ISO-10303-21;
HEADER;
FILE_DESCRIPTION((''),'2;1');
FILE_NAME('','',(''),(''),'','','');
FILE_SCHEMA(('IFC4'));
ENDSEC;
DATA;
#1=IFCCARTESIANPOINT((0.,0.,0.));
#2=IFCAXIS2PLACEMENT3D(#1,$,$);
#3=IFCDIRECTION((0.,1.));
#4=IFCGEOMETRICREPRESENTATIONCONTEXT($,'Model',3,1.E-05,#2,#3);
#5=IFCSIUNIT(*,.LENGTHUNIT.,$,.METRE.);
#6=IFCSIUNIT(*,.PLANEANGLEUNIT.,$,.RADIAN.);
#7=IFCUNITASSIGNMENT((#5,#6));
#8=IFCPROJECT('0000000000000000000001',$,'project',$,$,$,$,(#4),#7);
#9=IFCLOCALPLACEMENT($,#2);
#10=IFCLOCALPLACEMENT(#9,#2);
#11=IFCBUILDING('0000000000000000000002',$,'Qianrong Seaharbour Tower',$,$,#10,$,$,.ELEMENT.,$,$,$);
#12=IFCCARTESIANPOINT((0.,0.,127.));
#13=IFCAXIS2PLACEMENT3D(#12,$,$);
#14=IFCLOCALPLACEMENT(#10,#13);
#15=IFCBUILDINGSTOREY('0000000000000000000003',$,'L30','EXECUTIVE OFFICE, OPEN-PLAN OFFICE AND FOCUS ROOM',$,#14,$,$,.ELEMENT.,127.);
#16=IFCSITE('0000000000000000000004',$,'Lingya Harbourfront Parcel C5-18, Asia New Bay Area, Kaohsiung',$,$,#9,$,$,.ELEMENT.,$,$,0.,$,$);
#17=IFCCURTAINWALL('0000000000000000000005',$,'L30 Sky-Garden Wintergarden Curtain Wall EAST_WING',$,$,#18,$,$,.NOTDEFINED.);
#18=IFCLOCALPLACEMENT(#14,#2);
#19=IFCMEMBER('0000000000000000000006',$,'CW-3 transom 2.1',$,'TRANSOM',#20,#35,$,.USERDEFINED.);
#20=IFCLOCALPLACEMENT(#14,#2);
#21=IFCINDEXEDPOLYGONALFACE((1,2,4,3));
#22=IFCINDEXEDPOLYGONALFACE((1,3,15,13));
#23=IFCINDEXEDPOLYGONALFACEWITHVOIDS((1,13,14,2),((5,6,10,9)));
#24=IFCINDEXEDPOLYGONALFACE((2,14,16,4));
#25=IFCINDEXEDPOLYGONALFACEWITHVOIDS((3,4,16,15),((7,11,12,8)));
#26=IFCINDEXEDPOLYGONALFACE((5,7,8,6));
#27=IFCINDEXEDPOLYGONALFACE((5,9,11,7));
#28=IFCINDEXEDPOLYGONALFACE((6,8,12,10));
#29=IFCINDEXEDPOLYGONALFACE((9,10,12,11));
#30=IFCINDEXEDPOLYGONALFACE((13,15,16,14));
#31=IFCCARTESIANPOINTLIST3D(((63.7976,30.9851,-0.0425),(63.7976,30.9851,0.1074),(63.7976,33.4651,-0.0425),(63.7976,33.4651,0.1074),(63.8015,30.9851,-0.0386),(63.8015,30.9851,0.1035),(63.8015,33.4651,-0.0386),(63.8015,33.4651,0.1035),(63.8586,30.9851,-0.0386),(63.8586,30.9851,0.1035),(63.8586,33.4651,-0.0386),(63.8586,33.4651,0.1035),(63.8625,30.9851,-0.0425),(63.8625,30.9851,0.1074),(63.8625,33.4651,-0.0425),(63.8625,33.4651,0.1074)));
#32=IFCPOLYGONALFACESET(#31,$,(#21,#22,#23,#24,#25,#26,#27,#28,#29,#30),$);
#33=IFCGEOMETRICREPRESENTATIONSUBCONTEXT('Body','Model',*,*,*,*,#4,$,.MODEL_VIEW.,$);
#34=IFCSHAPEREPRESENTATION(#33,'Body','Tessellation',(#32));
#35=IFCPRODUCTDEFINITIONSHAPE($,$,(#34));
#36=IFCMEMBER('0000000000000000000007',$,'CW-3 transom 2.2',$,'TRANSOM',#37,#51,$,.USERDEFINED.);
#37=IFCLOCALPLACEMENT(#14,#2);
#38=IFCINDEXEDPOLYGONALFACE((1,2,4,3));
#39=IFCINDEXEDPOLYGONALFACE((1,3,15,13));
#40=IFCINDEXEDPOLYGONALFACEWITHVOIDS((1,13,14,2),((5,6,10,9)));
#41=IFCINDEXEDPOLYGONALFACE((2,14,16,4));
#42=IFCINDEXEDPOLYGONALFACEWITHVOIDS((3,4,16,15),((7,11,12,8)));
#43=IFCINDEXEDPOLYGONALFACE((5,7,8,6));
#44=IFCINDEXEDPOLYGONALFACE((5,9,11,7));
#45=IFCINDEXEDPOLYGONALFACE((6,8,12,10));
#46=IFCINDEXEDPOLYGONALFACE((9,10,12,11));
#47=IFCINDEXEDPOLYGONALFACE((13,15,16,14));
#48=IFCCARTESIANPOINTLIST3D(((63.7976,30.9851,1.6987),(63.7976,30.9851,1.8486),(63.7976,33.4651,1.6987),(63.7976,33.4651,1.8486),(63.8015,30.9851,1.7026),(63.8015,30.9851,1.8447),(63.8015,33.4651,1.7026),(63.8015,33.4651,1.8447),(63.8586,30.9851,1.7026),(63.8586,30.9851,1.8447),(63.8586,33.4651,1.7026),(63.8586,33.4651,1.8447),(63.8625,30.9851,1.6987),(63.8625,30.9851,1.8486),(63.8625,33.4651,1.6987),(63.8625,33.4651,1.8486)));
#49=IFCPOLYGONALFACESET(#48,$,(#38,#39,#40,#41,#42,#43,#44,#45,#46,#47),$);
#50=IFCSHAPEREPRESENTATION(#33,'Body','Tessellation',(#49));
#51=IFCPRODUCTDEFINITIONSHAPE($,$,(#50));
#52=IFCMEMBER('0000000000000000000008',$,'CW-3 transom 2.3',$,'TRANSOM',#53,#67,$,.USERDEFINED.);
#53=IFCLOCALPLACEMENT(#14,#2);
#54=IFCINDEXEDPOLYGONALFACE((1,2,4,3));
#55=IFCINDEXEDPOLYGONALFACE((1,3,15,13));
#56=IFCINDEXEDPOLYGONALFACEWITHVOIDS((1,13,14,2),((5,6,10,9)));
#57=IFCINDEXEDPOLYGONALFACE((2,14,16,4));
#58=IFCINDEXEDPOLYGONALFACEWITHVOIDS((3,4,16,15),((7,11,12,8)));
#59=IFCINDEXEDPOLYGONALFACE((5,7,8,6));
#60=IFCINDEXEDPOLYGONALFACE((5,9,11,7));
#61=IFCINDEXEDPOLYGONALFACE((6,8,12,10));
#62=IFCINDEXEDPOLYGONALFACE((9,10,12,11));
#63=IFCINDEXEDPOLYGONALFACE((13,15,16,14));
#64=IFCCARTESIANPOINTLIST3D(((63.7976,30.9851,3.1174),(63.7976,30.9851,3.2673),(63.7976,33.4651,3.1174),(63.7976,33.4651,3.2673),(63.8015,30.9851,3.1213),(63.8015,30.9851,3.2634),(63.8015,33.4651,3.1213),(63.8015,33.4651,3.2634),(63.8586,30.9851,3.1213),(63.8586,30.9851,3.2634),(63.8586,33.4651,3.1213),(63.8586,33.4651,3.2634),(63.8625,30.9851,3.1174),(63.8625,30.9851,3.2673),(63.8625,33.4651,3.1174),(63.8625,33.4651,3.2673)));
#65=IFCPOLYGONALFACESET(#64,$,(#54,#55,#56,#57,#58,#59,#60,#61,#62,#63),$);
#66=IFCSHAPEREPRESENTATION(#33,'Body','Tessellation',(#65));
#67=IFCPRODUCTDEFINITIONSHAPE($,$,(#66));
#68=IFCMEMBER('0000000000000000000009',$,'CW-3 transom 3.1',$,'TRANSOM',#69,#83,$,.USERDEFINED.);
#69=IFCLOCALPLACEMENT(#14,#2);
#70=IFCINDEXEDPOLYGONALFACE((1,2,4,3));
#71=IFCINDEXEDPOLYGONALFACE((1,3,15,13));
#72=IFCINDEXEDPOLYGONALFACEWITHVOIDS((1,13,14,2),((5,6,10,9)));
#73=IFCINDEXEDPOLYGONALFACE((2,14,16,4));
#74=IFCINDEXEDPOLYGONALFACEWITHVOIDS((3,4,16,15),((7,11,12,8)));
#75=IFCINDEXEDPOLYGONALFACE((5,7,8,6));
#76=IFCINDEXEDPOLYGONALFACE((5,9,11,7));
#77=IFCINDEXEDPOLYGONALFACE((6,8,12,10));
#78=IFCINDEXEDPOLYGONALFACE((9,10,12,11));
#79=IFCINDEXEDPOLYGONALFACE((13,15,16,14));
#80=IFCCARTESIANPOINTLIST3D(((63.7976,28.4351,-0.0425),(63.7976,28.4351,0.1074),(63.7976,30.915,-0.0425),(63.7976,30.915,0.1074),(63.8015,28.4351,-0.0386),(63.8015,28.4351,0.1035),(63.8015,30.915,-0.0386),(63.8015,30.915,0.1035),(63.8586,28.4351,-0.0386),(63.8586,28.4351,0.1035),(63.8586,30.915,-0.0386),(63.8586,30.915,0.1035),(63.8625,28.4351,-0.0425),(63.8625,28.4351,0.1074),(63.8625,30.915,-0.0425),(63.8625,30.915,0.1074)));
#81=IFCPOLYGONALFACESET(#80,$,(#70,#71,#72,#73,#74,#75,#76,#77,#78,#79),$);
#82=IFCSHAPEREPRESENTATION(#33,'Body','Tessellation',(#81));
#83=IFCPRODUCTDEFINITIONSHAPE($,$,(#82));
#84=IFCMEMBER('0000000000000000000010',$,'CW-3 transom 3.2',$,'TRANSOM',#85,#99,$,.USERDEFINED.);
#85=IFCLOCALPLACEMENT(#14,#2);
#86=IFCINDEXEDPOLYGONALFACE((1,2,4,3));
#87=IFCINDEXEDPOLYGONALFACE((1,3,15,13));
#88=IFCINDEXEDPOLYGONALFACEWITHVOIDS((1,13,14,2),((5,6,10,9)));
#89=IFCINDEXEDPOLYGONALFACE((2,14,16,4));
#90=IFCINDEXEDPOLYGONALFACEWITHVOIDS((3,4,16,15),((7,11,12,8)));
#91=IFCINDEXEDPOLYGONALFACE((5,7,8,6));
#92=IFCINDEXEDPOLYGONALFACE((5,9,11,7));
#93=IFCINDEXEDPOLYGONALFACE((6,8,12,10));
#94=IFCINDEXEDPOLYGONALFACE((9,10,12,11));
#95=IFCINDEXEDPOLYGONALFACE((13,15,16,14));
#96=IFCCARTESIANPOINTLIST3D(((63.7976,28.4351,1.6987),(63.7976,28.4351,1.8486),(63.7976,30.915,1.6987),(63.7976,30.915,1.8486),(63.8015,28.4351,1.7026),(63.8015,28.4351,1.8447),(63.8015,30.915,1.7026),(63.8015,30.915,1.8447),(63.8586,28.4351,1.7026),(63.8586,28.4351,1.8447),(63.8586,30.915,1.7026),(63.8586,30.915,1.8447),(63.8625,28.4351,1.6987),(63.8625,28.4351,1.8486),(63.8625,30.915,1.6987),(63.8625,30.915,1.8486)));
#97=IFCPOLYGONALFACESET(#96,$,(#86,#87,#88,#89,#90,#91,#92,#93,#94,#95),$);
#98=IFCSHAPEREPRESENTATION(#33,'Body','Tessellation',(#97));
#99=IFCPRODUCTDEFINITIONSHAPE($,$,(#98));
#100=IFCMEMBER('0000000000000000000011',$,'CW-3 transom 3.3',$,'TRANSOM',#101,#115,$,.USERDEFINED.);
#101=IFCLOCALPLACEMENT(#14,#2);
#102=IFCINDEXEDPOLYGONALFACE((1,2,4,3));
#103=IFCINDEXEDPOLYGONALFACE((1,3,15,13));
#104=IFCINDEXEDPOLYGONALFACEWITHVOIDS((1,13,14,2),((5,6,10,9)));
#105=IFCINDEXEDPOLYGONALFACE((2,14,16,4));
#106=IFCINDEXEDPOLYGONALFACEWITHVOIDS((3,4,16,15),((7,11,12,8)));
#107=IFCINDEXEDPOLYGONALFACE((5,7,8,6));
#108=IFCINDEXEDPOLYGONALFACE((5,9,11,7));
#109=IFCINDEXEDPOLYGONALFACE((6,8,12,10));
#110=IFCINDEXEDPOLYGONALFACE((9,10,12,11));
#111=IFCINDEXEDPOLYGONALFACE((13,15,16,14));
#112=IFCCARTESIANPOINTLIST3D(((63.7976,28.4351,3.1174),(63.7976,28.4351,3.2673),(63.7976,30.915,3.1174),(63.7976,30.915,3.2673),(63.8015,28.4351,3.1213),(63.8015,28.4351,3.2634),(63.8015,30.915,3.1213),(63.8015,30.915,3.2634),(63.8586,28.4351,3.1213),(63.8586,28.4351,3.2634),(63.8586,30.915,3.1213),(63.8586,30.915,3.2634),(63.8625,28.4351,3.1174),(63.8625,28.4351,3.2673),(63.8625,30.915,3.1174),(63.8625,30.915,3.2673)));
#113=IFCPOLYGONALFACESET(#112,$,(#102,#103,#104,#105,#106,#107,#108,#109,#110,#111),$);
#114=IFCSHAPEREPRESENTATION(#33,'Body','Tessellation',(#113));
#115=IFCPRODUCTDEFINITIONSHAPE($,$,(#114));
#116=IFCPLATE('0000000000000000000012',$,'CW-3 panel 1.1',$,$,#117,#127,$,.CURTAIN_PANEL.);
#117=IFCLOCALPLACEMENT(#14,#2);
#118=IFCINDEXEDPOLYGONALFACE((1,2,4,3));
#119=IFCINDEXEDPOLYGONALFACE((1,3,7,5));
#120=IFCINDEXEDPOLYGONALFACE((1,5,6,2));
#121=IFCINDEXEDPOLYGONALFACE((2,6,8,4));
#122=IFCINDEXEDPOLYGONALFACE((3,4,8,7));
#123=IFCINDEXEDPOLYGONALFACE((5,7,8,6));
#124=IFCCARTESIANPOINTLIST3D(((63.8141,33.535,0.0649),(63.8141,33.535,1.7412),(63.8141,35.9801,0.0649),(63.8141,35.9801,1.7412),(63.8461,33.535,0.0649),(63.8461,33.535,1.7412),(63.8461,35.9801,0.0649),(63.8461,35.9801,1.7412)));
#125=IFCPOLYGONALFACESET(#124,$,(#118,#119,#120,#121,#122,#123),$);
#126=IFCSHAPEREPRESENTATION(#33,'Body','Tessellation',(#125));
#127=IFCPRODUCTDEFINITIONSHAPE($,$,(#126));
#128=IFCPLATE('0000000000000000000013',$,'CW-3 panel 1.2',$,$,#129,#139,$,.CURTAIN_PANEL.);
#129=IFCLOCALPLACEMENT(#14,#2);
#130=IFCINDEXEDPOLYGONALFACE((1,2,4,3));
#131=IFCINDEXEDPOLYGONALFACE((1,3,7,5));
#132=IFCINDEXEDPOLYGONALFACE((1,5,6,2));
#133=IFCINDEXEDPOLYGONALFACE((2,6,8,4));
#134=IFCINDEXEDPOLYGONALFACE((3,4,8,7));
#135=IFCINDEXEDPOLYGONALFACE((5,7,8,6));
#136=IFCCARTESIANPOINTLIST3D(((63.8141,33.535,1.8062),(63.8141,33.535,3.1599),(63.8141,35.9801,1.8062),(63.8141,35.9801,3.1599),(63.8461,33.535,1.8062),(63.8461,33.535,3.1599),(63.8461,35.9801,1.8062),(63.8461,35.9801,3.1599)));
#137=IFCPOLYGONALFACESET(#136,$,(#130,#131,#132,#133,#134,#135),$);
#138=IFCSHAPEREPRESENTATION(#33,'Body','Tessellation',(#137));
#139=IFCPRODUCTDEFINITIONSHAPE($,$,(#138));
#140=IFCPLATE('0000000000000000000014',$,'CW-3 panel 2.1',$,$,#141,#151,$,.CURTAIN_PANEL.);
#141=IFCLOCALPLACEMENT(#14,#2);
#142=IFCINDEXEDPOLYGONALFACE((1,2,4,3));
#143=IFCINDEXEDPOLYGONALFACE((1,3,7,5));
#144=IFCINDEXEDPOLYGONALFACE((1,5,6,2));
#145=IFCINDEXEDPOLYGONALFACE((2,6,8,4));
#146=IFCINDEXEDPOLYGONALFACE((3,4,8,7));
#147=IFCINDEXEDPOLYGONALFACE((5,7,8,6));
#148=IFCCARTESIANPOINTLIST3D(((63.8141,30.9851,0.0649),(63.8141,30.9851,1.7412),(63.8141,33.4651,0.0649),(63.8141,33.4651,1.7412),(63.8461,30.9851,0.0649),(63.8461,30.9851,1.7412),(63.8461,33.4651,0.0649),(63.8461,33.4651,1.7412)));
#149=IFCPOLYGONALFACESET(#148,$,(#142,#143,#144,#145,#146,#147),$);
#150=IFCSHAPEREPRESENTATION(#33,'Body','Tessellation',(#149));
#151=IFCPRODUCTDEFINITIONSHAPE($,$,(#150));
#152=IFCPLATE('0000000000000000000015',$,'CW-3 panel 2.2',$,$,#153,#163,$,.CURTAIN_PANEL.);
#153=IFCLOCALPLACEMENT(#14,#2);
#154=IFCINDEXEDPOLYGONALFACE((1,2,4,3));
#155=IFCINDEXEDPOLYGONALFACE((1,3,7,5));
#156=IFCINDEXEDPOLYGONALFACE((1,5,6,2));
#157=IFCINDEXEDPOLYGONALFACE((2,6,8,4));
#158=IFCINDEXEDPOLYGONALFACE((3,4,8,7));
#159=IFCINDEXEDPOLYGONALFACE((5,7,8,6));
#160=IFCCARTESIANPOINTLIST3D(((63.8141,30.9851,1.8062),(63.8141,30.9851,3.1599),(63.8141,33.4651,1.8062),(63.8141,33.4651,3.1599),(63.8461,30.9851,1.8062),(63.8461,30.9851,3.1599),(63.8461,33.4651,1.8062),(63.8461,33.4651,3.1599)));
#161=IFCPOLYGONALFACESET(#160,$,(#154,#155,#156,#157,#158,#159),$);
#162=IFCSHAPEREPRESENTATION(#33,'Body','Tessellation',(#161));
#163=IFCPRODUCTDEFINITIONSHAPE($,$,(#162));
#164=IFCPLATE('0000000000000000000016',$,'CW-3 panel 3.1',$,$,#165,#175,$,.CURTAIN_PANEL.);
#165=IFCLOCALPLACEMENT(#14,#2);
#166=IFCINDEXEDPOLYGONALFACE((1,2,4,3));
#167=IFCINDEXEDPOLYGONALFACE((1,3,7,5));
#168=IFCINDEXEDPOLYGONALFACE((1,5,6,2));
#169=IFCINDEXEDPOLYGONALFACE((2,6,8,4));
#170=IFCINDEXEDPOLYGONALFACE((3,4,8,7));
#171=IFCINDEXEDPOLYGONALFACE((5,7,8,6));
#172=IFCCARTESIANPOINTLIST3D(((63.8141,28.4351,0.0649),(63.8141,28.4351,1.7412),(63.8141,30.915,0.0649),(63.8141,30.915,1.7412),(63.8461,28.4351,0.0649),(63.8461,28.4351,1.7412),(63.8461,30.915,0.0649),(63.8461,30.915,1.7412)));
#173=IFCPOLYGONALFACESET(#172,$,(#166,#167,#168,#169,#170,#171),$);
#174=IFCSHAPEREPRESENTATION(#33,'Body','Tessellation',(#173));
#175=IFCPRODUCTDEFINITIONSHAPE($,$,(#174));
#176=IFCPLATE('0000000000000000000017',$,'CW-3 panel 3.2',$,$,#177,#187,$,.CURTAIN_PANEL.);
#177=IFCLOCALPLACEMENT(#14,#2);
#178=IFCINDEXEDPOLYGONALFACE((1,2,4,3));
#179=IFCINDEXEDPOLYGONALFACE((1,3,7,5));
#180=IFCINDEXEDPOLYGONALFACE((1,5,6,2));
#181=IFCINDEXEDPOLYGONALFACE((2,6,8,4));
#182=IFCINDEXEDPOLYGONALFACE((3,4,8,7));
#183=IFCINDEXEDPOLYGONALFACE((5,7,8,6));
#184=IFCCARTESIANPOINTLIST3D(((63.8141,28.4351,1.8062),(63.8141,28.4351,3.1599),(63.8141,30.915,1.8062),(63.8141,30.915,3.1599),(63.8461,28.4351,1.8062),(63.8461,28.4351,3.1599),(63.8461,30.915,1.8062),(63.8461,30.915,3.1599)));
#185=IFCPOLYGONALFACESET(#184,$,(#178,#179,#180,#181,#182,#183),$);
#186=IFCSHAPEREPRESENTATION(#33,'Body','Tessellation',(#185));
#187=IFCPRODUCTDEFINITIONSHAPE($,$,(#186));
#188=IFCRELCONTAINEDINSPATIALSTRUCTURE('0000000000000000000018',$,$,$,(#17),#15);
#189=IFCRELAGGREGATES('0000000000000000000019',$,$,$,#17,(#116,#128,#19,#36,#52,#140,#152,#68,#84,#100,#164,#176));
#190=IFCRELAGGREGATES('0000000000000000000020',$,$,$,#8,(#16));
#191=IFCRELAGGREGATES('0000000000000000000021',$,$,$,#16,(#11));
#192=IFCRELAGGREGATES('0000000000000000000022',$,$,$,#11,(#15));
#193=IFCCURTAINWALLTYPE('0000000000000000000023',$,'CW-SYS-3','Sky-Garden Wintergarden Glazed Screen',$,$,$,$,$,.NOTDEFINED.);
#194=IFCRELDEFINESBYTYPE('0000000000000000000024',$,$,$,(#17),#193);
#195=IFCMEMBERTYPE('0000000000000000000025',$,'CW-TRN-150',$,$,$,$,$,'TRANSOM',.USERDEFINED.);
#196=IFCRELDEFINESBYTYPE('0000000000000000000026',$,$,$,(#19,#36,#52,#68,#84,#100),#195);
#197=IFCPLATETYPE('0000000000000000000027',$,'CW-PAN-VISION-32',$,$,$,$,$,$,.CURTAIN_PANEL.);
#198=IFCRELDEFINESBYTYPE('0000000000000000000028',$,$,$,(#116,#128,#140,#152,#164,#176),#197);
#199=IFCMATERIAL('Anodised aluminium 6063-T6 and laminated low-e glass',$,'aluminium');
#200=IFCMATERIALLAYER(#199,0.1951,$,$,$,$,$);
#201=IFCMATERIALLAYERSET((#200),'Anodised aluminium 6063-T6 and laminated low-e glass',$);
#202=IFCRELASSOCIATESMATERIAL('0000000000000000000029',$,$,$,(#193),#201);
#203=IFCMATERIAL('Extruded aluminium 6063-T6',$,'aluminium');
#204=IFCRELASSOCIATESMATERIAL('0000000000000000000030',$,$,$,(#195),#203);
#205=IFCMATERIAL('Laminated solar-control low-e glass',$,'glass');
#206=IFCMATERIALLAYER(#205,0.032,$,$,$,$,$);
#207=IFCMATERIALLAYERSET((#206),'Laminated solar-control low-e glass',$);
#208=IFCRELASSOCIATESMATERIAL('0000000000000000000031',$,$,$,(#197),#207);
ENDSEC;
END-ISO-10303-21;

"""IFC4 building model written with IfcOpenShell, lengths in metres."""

from ifc_helpers import new_model, si_unit, direction, frame, origin, origin_2d, place, context, subcontext, project, spatial, rectangle, hollow_rectangle, extrude, material, layer, layer_set, material_profile, profile_set, type_object, element, aggregate, save


model = new_model("IFC4")

# Units and contexts
model_context = context("Model", 3, precision=1e-05, world=origin(), true_north=direction((0.0, 1.0)))
body_context = subcontext(model_context, "Body", "Model", "MODEL_VIEW")
ifc_project = project(units=[si_unit("LENGTHUNIT", "METRE"), si_unit("PLANEANGLEUNIT", "RADIAN")], contexts=[model_context])

# Site, building, storey
site_placement = place(None, origin())
site = spatial("IfcSite", under=ifc_project, at=site_placement, Name="Lingya Harbourfront Parcel C5-18, Asia New Bay Area, Kaohsiung", CompositionType="ELEMENT", RefElevation=0.0)
building_placement = place(site_placement, origin())
building = spatial("IfcBuilding", under=site, at=building_placement, Name="Qianrong Seaharbour Tower", CompositionType="ELEMENT")
storey_placement = place(building_placement, frame((0.0, 0.0, 127.0)))
storey = spatial("IfcBuildingStorey", under=building, at=storey_placement, Name="L30", Description="EXECUTIVE OFFICE, OPEN-PLAN OFFICE AND FOCUS ROOM", CompositionType="ELEMENT", Elevation=127.0)

# Curtain wall, members, plates
ifc_material_1 = material(Name="Anodised aluminium 6063-T6 and laminated low-e glass", Category="aluminium")
ifc_layer_1 = layer(ifc_material_1, 0.1951)
ifc_layer_set_1 = layer_set([ifc_layer_1], Name="Anodised aluminium 6063-T6 and laminated low-e glass")
curtain_wall_type = type_object("IfcCurtainWallType", Name="CW-SYS-3", Description="Sky-Garden Wintergarden Glazed Screen", PredefinedType="NOTDEFINED", material=ifc_layer_set_1)
curtain_wall_placement = place(storey_placement, origin())
curtain_wall = element("IfcCurtainWall", 1, at=curtain_wall_placement, inside=storey, type_object=curtain_wall_type, Name="L30 Sky-Garden Wintergarden Curtain Wall EAST_WING", PredefinedType="NOTDEFINED")
ifc_material_2 = material(Name="Extruded aluminium 6063-T6", Category="aluminium")
ifc_material_profile_1 = material_profile(ifc_material_2, hollow_rectangle(XDim=0.0649, YDim=0.1499, WallThickness=0.0039, at=origin_2d()), Name="ALU-TRN-150x65x4")
ifc_profile_set_1 = profile_set([ifc_material_profile_1], Name="Extruded aluminium 6063-T6")
member_type_1 = type_object("IfcMemberType", Name="CW-TRN-150", ElementType="TRANSOM", PredefinedType="USERDEFINED", material=ifc_profile_set_1)
member_1_placement = place(storey_placement, frame((63.8301, 33.4651, 0.0325), z_axis=(0.0, -1.0, 0.0), x_axis=(1.0, 0.0, 0.0)))
member_1 = element("IfcMember", 2, at=member_1_placement, type_object=member_type_1, Name="CW-3 transom 2.1", ObjectType="TRANSOM", PredefinedType="USERDEFINED", context=body_context, shape_type="SweptSolid", body=[
    extrude(hollow_rectangle(XDim=0.0649, YDim=0.1499, WallThickness=0.0039, at=origin_2d()), origin(), (0.0, 0.0, 1.0), 2.48),
])
member_2_placement = place(storey_placement, frame((63.8301, 33.4651, 1.7737), z_axis=(0.0, -1.0, 0.0), x_axis=(1.0, 0.0, 0.0)))
member_2 = element("IfcMember", 3, at=member_2_placement, type_object=member_type_1, Name="CW-3 transom 2.2", ObjectType="TRANSOM", PredefinedType="USERDEFINED", context=body_context, shape_type="SweptSolid", body=[
    extrude(hollow_rectangle(XDim=0.0649, YDim=0.1499, WallThickness=0.0039, at=origin_2d()), origin(), (0.0, 0.0, 1.0), 2.48),
])
member_3_placement = place(storey_placement, frame((63.8301, 33.4651, 3.1924), z_axis=(0.0, -1.0, 0.0), x_axis=(1.0, 0.0, 0.0)))
member_3 = element("IfcMember", 4, at=member_3_placement, type_object=member_type_1, Name="CW-3 transom 2.3", ObjectType="TRANSOM", PredefinedType="USERDEFINED", context=body_context, shape_type="SweptSolid", body=[
    extrude(hollow_rectangle(XDim=0.0649, YDim=0.1499, WallThickness=0.0039, at=origin_2d()), origin(), (0.0, 0.0, 1.0), 2.48),
])
member_4_placement = place(storey_placement, frame((63.8301, 30.915, 0.0325), z_axis=(0.0, -1.0, 0.0), x_axis=(1.0, 0.0, 0.0)))
member_4 = element("IfcMember", 5, at=member_4_placement, type_object=member_type_1, Name="CW-3 transom 3.1", ObjectType="TRANSOM", PredefinedType="USERDEFINED", context=body_context, shape_type="SweptSolid", body=[
    extrude(hollow_rectangle(XDim=0.0649, YDim=0.1499, WallThickness=0.0039, at=origin_2d()), origin(), (0.0, 0.0, 1.0), 2.48),
])
member_5_placement = place(storey_placement, frame((63.8301, 30.915, 1.7737), z_axis=(0.0, -1.0, 0.0), x_axis=(1.0, 0.0, 0.0)))
member_5 = element("IfcMember", 6, at=member_5_placement, type_object=member_type_1, Name="CW-3 transom 3.2", ObjectType="TRANSOM", PredefinedType="USERDEFINED", context=body_context, shape_type="SweptSolid", body=[
    extrude(hollow_rectangle(XDim=0.0649, YDim=0.1499, WallThickness=0.0039, at=origin_2d()), origin(), (0.0, 0.0, 1.0), 2.48),
])
member_6_placement = place(storey_placement, frame((63.8301, 30.915, 3.1924), z_axis=(0.0, -1.0, 0.0), x_axis=(1.0, 0.0, 0.0)))
member_6 = element("IfcMember", 7, at=member_6_placement, type_object=member_type_1, Name="CW-3 transom 3.3", ObjectType="TRANSOM", PredefinedType="USERDEFINED", context=body_context, shape_type="SweptSolid", body=[
    extrude(hollow_rectangle(XDim=0.0649, YDim=0.1499, WallThickness=0.0039, at=origin_2d()), origin(), (0.0, 0.0, 1.0), 2.48),
])
ifc_material_3 = material(Name="Laminated solar-control low-e glass", Category="glass")
ifc_layer_2 = layer(ifc_material_3, 0.032)
ifc_layer_set_2 = layer_set([ifc_layer_2], Name="Laminated solar-control low-e glass")
plate_type = type_object("IfcPlateType", Name="CW-PAN-VISION-32", PredefinedType="CURTAIN_PANEL", material=ifc_layer_set_2)
plate_1_placement = place(storey_placement, frame((63.8301, 34.7576, 0.0649), z_axis=(0.0, 0.0, 1.0), x_axis=(0.0, -1.0, 0.0)))
plate_1 = element("IfcPlate", 8, at=plate_1_placement, type_object=plate_type, Name="CW-3 panel 1.1", PredefinedType="CURTAIN_PANEL", context=body_context, shape_type="SweptSolid", body=[
    extrude(rectangle(XDim=2.4451, YDim=0.032, at=origin_2d()), origin(), (0.0, 0.0, 1.0), 1.6763),
])
plate_2_placement = place(storey_placement, frame((63.8301, 34.7576, 1.8062), z_axis=(0.0, 0.0, 1.0), x_axis=(0.0, -1.0, 0.0)))
plate_2 = element("IfcPlate", 9, at=plate_2_placement, type_object=plate_type, Name="CW-3 panel 1.2", PredefinedType="CURTAIN_PANEL", context=body_context, shape_type="SweptSolid", body=[
    extrude(rectangle(XDim=2.4451, YDim=0.032, at=origin_2d()), origin(), (0.0, 0.0, 1.0), 1.3538),
])
plate_3_placement = place(storey_placement, frame((63.8301, 32.2251, 0.0649), z_axis=(0.0, 0.0, 1.0), x_axis=(0.0, -1.0, 0.0)))
plate_3 = element("IfcPlate", 10, at=plate_3_placement, type_object=plate_type, Name="CW-3 panel 2.1", PredefinedType="CURTAIN_PANEL", context=body_context, shape_type="SweptSolid", body=[
    extrude(rectangle(XDim=2.48, YDim=0.032, at=origin_2d()), origin(), (0.0, 0.0, 1.0), 1.6763),
])
plate_4_placement = place(storey_placement, frame((63.8301, 32.2251, 1.8062), z_axis=(0.0, 0.0, 1.0), x_axis=(0.0, -1.0, 0.0)))
plate_4 = element("IfcPlate", 11, at=plate_4_placement, type_object=plate_type, Name="CW-3 panel 2.2", PredefinedType="CURTAIN_PANEL", context=body_context, shape_type="SweptSolid", body=[
    extrude(rectangle(XDim=2.48, YDim=0.032, at=origin_2d()), origin(), (0.0, 0.0, 1.0), 1.3538),
])
plate_5_placement = place(storey_placement, frame((63.8301, 29.675, 0.0649), z_axis=(0.0, 0.0, 1.0), x_axis=(0.0, -1.0, 0.0)))
plate_5 = element("IfcPlate", 12, at=plate_5_placement, type_object=plate_type, Name="CW-3 panel 3.1", PredefinedType="CURTAIN_PANEL", context=body_context, shape_type="SweptSolid", body=[
    extrude(rectangle(XDim=2.48, YDim=0.032, at=origin_2d()), origin(), (0.0, 0.0, 1.0), 1.6763),
])
plate_6_placement = place(storey_placement, frame((63.8301, 29.675, 1.8062), z_axis=(0.0, 0.0, 1.0), x_axis=(0.0, -1.0, 0.0)))
plate_6 = element("IfcPlate", 13, at=plate_6_placement, type_object=plate_type, Name="CW-3 panel 3.2", PredefinedType="CURTAIN_PANEL", context=body_context, shape_type="SweptSolid", body=[
    extrude(rectangle(XDim=2.48, YDim=0.032, at=origin_2d()), origin(), (0.0, 0.0, 1.0), 1.3538),
])
aggregate(curtain_wall, [plate_1, plate_2, member_1, member_2, member_3, plate_3, plate_4, member_4, member_5, member_6, plate_5, plate_6])

save(model, "model.ifc")
